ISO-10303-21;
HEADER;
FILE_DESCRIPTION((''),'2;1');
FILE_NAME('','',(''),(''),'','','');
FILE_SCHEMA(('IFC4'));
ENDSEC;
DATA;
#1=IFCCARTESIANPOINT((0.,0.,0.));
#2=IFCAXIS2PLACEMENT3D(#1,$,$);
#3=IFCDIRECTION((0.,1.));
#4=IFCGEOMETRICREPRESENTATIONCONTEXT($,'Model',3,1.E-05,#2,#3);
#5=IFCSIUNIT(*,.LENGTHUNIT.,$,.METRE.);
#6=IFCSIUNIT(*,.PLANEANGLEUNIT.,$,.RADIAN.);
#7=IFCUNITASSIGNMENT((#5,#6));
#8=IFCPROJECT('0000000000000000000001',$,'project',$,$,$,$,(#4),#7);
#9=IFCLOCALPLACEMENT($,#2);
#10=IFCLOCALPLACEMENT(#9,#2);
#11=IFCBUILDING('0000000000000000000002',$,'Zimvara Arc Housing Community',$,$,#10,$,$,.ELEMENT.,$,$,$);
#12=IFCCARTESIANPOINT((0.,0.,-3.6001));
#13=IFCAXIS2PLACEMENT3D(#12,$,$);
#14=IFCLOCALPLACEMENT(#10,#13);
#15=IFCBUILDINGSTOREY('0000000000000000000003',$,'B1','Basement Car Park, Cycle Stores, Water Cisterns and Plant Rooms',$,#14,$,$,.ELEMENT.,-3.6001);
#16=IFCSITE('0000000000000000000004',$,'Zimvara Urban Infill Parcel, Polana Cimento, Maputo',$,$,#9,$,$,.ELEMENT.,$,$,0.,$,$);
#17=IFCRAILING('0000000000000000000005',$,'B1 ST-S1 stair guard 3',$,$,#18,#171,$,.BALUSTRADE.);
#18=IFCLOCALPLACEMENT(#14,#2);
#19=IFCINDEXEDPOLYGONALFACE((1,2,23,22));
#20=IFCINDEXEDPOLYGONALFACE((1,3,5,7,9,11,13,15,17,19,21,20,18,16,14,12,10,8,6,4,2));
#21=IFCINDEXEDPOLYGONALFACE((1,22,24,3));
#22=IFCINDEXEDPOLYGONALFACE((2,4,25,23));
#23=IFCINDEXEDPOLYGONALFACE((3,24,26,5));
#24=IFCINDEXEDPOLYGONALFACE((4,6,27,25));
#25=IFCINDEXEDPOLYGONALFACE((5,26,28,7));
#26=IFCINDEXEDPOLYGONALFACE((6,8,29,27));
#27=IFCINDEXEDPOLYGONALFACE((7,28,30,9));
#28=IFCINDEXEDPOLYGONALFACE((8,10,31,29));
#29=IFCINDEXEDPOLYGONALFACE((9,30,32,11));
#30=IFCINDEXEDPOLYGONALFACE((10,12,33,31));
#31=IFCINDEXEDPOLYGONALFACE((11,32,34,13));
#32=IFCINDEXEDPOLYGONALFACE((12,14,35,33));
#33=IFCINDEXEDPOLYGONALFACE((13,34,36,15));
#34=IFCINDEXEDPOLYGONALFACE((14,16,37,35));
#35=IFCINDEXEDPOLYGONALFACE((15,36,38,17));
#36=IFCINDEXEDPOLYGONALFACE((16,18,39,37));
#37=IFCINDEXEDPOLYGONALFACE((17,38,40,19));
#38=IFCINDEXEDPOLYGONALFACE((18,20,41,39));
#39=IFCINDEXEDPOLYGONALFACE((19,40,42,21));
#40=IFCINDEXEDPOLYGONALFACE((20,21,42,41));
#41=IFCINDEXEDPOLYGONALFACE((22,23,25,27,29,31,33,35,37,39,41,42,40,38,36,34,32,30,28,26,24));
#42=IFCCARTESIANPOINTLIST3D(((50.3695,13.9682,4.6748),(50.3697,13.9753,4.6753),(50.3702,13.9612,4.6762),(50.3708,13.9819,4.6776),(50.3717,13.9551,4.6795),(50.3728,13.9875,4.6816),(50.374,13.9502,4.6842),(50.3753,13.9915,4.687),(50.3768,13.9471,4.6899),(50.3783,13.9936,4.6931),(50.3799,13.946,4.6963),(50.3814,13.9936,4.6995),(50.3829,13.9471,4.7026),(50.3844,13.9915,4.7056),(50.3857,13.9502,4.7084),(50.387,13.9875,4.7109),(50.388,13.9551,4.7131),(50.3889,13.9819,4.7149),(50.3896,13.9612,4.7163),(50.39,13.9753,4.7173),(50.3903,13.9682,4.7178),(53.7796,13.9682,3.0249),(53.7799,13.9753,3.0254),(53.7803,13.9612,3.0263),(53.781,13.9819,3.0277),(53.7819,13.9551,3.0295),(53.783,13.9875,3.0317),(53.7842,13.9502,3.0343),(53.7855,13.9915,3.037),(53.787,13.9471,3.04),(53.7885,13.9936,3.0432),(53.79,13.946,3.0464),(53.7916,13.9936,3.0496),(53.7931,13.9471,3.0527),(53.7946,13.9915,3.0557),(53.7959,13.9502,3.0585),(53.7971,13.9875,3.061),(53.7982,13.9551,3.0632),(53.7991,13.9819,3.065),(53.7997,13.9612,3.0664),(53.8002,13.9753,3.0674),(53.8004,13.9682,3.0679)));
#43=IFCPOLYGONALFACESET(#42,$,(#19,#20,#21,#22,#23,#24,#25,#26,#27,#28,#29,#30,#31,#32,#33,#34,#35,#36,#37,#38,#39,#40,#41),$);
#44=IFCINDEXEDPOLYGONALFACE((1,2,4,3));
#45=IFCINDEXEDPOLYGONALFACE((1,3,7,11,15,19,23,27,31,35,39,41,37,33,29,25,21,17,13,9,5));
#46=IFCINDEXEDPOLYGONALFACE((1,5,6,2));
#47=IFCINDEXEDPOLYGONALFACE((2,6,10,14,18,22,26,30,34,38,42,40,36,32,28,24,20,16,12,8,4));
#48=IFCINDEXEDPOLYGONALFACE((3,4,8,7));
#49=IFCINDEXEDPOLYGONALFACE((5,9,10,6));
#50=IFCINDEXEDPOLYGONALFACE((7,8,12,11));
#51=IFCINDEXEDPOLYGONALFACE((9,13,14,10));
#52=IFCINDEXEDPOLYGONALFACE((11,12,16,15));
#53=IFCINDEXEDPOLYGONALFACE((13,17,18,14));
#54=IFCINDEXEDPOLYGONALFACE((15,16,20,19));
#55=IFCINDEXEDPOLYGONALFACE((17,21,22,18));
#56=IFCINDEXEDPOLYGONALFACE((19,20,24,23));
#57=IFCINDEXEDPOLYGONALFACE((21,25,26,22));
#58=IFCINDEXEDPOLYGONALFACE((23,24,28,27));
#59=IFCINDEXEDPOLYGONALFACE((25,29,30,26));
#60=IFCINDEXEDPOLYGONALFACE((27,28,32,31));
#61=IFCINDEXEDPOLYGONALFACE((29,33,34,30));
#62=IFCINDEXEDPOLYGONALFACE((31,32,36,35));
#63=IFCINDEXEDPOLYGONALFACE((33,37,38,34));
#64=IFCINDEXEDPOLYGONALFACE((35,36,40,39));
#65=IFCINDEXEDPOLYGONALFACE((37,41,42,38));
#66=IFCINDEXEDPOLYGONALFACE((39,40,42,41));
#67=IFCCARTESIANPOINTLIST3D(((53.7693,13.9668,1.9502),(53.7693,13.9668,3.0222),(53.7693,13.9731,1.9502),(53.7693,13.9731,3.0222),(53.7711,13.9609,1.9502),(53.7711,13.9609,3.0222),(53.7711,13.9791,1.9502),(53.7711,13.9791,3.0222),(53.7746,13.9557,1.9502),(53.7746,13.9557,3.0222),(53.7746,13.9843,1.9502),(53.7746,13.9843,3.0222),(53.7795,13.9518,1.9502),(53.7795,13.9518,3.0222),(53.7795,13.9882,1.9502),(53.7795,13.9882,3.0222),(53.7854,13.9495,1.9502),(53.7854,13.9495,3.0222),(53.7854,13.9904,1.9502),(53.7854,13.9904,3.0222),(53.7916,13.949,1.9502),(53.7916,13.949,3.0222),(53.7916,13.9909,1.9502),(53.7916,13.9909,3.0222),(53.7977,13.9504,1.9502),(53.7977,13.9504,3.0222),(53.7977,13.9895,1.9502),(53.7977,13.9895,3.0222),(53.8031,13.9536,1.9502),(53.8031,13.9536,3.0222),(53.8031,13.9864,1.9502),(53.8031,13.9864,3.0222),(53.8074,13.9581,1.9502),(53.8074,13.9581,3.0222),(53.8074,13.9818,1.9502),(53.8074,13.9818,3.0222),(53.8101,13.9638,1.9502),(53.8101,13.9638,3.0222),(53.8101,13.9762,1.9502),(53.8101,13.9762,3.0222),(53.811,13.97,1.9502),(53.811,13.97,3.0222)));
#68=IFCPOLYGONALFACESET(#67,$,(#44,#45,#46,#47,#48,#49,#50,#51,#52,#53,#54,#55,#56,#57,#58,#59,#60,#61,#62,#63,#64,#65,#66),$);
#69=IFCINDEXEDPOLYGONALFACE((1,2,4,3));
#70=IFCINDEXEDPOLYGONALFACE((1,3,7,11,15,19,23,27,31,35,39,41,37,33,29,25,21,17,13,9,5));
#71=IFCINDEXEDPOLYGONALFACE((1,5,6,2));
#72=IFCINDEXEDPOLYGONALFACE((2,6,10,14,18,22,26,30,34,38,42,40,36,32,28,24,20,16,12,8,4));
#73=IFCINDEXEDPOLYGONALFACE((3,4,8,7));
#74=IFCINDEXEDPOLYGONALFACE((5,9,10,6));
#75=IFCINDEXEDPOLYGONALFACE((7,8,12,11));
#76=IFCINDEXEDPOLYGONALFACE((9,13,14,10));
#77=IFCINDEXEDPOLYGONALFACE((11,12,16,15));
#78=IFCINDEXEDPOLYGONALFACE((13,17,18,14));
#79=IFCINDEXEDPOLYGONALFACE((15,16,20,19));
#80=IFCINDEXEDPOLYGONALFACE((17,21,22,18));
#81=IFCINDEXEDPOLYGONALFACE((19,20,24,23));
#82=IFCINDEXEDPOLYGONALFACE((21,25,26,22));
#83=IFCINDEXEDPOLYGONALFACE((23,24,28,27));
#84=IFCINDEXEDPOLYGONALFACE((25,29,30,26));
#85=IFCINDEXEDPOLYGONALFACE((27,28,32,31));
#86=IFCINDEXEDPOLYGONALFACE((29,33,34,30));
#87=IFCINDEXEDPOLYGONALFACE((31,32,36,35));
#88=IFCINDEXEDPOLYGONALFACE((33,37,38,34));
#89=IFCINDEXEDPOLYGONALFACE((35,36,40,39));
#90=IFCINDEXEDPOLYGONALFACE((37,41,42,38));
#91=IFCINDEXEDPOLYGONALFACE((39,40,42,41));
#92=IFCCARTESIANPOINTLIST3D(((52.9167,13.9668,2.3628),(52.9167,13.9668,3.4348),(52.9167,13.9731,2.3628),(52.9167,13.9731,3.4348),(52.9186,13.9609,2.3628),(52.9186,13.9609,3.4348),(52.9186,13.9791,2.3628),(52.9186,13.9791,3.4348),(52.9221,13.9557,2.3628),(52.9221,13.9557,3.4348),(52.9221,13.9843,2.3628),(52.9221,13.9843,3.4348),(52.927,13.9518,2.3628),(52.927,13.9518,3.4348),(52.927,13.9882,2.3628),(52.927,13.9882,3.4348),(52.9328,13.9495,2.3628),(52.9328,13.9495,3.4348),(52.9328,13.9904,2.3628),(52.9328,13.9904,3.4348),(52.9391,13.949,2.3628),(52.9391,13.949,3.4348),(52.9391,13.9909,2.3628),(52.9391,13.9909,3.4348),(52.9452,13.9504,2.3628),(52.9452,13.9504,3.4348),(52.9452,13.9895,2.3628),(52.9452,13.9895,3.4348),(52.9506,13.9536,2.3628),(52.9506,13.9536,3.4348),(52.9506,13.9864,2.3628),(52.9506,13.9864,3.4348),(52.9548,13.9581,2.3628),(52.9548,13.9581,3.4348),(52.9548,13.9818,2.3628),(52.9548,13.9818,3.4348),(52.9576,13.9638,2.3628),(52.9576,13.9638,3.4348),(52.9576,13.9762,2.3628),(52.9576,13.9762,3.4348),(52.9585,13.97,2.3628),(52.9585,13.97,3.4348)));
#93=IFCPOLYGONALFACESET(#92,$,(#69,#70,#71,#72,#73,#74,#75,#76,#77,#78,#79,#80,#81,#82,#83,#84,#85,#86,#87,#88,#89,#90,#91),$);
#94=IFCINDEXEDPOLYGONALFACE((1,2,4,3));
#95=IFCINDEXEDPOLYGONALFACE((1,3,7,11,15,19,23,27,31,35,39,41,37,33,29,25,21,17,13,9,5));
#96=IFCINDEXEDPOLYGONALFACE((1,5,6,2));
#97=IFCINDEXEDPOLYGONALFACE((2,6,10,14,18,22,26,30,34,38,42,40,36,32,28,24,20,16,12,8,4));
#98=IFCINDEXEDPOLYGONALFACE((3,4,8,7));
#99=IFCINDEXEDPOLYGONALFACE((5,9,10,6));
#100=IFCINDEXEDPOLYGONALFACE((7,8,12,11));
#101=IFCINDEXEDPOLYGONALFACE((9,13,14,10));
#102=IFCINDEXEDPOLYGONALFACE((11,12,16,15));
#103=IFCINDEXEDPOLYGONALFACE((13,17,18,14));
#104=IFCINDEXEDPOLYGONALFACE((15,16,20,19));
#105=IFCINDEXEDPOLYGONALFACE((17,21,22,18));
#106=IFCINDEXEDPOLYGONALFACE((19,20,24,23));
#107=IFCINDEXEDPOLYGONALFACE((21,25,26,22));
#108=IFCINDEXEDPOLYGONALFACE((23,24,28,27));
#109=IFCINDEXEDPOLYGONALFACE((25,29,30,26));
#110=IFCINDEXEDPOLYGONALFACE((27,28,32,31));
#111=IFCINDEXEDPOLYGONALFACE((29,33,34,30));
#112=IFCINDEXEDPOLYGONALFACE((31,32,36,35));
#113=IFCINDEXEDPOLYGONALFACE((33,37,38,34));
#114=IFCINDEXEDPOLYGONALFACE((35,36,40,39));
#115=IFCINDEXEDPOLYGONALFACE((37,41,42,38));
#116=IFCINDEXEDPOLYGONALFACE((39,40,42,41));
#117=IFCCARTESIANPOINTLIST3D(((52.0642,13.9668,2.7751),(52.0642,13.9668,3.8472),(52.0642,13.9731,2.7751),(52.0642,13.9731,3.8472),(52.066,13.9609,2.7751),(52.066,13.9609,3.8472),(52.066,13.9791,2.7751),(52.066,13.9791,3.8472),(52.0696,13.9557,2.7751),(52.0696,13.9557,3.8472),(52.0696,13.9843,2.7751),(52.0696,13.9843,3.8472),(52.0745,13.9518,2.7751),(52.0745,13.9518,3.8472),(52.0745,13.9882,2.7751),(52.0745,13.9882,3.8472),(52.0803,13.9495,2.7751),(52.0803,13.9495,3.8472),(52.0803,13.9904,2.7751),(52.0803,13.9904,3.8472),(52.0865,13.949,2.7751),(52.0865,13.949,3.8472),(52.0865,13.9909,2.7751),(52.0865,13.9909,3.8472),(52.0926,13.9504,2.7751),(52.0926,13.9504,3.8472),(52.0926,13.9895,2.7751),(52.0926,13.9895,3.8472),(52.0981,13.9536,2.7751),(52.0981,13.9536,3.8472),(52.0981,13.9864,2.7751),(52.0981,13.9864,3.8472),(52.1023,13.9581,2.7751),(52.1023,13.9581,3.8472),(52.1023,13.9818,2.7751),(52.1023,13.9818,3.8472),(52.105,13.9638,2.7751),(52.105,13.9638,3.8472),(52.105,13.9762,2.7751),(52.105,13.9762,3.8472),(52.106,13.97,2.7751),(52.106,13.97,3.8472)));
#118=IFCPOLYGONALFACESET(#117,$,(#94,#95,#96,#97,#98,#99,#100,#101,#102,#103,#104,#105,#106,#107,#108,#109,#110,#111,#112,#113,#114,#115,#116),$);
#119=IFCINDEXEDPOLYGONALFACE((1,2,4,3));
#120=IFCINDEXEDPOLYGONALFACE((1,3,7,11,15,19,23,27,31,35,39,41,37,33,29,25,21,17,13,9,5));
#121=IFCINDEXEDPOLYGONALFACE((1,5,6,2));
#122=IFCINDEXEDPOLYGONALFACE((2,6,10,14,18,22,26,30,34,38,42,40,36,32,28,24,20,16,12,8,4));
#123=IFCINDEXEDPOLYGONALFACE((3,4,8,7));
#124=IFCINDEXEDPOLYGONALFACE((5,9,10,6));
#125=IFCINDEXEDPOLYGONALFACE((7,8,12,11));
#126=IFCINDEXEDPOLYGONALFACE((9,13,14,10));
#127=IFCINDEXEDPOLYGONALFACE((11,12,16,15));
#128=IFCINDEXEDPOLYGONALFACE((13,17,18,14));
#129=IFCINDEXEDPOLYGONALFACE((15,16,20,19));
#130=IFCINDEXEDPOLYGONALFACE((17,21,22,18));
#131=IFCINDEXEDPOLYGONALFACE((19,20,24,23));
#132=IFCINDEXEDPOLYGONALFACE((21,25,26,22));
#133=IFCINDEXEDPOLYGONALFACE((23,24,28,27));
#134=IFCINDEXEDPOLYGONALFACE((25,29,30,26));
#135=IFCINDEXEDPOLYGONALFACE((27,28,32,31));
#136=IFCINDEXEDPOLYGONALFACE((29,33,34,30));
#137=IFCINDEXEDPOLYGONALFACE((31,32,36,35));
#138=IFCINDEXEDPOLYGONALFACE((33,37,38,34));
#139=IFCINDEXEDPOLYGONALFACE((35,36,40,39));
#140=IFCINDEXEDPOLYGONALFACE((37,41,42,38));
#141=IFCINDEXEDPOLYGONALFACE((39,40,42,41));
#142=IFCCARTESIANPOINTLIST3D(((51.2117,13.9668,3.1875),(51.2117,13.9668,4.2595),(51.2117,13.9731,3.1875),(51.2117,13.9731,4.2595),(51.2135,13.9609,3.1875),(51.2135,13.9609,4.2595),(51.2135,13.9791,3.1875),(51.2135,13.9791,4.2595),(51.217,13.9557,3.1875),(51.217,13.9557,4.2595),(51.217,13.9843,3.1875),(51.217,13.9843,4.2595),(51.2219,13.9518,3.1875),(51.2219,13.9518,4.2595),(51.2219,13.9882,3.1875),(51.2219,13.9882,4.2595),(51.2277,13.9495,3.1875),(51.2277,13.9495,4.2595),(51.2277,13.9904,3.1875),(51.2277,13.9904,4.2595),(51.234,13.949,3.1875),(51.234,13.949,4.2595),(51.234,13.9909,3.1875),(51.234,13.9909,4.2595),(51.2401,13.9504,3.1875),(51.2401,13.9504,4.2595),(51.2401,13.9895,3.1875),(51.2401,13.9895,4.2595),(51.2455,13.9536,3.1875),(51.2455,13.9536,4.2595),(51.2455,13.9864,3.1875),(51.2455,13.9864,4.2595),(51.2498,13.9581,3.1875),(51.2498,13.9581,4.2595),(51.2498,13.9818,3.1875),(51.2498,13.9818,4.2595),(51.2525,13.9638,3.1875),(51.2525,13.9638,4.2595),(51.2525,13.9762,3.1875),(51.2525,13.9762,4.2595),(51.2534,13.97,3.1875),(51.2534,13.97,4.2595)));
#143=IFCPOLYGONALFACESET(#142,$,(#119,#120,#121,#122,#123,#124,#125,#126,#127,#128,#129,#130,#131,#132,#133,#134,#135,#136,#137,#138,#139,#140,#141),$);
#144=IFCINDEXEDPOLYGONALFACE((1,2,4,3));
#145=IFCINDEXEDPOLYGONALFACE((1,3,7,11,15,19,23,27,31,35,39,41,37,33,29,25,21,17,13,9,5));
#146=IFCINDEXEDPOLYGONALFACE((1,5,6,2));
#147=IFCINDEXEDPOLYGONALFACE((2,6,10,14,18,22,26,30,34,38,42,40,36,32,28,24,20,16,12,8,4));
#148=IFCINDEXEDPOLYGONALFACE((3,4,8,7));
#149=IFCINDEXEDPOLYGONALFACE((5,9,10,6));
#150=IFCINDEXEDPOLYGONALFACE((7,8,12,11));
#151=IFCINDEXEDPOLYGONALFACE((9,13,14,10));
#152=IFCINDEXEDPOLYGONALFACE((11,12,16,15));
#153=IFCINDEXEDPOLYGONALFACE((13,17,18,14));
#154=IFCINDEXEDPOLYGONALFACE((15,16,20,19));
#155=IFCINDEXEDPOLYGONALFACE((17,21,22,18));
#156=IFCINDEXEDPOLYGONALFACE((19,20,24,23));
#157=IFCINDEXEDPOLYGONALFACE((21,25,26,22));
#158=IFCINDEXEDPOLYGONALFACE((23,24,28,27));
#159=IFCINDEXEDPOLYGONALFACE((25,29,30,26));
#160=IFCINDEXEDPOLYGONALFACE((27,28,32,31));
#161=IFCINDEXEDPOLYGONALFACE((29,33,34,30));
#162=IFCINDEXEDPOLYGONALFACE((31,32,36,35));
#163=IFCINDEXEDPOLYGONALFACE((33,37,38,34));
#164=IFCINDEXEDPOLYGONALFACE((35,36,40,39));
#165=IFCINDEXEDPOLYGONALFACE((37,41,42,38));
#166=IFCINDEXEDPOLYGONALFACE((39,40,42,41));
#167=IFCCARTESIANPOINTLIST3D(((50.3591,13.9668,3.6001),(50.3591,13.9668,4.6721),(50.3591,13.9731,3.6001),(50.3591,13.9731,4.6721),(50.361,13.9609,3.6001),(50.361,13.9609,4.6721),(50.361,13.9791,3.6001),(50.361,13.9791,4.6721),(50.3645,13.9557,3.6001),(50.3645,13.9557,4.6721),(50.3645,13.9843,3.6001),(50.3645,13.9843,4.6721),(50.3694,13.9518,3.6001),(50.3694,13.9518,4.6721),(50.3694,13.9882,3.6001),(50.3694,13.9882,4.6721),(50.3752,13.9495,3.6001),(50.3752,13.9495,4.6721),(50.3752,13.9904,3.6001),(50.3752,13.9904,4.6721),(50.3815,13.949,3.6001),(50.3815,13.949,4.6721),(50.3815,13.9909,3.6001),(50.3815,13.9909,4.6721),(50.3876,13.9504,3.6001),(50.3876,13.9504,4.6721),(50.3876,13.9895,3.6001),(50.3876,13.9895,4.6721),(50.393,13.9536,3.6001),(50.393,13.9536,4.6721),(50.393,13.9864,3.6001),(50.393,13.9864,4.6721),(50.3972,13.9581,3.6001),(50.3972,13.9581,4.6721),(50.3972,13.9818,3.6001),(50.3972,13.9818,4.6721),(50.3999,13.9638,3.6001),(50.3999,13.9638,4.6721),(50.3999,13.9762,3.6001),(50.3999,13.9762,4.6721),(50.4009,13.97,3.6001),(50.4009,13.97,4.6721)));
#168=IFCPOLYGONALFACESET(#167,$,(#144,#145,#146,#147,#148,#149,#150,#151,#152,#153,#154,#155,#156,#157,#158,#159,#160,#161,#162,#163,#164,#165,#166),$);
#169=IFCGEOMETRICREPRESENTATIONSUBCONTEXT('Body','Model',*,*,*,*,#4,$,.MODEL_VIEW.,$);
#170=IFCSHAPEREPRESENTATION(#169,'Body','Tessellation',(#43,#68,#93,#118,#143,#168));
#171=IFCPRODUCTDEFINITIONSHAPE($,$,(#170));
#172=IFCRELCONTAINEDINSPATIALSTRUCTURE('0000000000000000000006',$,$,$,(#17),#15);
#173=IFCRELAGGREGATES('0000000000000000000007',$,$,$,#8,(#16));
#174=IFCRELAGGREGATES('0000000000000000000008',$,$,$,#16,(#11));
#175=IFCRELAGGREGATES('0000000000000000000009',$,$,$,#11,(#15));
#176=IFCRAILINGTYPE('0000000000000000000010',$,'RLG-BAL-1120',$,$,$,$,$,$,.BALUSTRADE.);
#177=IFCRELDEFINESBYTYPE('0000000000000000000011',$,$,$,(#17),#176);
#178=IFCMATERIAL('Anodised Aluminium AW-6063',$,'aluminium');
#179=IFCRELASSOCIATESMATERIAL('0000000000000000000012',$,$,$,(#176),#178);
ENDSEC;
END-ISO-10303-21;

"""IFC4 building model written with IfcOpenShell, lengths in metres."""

from ifc_helpers import new_model, si_unit, direction, frame, origin, origin_2d, place, context, subcontext, project, spatial, circle, extrude, material, type_object, element, save


model = new_model("IFC4")

# Units and contexts
model_context = context("Model", 3, precision=1e-05, world=origin(), true_north=direction((0.0, 1.0)))
body_context = subcontext(model_context, "Body", "Model", "MODEL_VIEW")
ifc_project = project(units=[si_unit("LENGTHUNIT", "METRE"), si_unit("PLANEANGLEUNIT", "RADIAN")], contexts=[model_context])

# Site, building, storey
site_placement = place(None, origin())
site = spatial("IfcSite", under=ifc_project, at=site_placement, Name="Zimvara Urban Infill Parcel, Polana Cimento, Maputo", CompositionType="ELEMENT", RefElevation=0.0)
building_placement = place(site_placement, origin())
building = spatial("IfcBuilding", under=site, at=building_placement, Name="Zimvara Arc Housing Community", CompositionType="ELEMENT")
storey_placement = place(building_placement, frame((0.0, 0.0, -3.6001)))
storey = spatial("IfcBuildingStorey", under=building, at=storey_placement, Name="B1", Description="Basement Car Park, Cycle Stores, Water Cisterns and Plant Rooms", CompositionType="ELEMENT", Elevation=-3.6001)

# Railing
ifc_material_1 = material(Name="Anodised Aluminium AW-6063", Category="aluminium")
railing_type_1 = type_object("IfcRailingType", Name="RLG-BAL-1120", PredefinedType="BALUSTRADE", material=ifc_material_1)
railing_1_placement = place(storey_placement, frame((53.79, 13.97, 1.9502)))
element("IfcRailing", 1, at=railing_1_placement, inside=storey, type_object=railing_type_1, Name="B1 ST-S1 stair guard 3", PredefinedType="BALUSTRADE", context=body_context, shape_type="SweptSolid", body=[
    extrude(circle(Radius=0.0239, at=origin_2d()), frame((0.0, 0.0, 1.0962), z_axis=(-0.900177, 0.0, 0.435524), x_axis=(0.0, -1.0, 0.0)), (0.0, 0.0, 1.0), 3.7883),
    extrude(circle(Radius=0.021, at=origin_2d()), origin(), (0.0, 0.0, 1.0), 1.072),
    extrude(circle(Radius=0.021, at=origin_2d()), frame((-0.8525, 0.0, 0.4126)), (0.0, 0.0, 1.0), 1.072),
    extrude(circle(Radius=0.021, at=origin_2d()), frame((-1.7051, 0.0, 0.825)), (0.0, 0.0, 1.0), 1.072),
    extrude(circle(Radius=0.021, at=origin_2d()), frame((-2.5576, 0.0, 1.2373)), (0.0, 0.0, 1.0), 1.072),
    extrude(circle(Radius=0.021, at=origin_2d()), frame((-3.4102, 0.0, 1.6499)), (0.0, 0.0, 1.0), 1.072),
])

save(model, "model.ifc")
